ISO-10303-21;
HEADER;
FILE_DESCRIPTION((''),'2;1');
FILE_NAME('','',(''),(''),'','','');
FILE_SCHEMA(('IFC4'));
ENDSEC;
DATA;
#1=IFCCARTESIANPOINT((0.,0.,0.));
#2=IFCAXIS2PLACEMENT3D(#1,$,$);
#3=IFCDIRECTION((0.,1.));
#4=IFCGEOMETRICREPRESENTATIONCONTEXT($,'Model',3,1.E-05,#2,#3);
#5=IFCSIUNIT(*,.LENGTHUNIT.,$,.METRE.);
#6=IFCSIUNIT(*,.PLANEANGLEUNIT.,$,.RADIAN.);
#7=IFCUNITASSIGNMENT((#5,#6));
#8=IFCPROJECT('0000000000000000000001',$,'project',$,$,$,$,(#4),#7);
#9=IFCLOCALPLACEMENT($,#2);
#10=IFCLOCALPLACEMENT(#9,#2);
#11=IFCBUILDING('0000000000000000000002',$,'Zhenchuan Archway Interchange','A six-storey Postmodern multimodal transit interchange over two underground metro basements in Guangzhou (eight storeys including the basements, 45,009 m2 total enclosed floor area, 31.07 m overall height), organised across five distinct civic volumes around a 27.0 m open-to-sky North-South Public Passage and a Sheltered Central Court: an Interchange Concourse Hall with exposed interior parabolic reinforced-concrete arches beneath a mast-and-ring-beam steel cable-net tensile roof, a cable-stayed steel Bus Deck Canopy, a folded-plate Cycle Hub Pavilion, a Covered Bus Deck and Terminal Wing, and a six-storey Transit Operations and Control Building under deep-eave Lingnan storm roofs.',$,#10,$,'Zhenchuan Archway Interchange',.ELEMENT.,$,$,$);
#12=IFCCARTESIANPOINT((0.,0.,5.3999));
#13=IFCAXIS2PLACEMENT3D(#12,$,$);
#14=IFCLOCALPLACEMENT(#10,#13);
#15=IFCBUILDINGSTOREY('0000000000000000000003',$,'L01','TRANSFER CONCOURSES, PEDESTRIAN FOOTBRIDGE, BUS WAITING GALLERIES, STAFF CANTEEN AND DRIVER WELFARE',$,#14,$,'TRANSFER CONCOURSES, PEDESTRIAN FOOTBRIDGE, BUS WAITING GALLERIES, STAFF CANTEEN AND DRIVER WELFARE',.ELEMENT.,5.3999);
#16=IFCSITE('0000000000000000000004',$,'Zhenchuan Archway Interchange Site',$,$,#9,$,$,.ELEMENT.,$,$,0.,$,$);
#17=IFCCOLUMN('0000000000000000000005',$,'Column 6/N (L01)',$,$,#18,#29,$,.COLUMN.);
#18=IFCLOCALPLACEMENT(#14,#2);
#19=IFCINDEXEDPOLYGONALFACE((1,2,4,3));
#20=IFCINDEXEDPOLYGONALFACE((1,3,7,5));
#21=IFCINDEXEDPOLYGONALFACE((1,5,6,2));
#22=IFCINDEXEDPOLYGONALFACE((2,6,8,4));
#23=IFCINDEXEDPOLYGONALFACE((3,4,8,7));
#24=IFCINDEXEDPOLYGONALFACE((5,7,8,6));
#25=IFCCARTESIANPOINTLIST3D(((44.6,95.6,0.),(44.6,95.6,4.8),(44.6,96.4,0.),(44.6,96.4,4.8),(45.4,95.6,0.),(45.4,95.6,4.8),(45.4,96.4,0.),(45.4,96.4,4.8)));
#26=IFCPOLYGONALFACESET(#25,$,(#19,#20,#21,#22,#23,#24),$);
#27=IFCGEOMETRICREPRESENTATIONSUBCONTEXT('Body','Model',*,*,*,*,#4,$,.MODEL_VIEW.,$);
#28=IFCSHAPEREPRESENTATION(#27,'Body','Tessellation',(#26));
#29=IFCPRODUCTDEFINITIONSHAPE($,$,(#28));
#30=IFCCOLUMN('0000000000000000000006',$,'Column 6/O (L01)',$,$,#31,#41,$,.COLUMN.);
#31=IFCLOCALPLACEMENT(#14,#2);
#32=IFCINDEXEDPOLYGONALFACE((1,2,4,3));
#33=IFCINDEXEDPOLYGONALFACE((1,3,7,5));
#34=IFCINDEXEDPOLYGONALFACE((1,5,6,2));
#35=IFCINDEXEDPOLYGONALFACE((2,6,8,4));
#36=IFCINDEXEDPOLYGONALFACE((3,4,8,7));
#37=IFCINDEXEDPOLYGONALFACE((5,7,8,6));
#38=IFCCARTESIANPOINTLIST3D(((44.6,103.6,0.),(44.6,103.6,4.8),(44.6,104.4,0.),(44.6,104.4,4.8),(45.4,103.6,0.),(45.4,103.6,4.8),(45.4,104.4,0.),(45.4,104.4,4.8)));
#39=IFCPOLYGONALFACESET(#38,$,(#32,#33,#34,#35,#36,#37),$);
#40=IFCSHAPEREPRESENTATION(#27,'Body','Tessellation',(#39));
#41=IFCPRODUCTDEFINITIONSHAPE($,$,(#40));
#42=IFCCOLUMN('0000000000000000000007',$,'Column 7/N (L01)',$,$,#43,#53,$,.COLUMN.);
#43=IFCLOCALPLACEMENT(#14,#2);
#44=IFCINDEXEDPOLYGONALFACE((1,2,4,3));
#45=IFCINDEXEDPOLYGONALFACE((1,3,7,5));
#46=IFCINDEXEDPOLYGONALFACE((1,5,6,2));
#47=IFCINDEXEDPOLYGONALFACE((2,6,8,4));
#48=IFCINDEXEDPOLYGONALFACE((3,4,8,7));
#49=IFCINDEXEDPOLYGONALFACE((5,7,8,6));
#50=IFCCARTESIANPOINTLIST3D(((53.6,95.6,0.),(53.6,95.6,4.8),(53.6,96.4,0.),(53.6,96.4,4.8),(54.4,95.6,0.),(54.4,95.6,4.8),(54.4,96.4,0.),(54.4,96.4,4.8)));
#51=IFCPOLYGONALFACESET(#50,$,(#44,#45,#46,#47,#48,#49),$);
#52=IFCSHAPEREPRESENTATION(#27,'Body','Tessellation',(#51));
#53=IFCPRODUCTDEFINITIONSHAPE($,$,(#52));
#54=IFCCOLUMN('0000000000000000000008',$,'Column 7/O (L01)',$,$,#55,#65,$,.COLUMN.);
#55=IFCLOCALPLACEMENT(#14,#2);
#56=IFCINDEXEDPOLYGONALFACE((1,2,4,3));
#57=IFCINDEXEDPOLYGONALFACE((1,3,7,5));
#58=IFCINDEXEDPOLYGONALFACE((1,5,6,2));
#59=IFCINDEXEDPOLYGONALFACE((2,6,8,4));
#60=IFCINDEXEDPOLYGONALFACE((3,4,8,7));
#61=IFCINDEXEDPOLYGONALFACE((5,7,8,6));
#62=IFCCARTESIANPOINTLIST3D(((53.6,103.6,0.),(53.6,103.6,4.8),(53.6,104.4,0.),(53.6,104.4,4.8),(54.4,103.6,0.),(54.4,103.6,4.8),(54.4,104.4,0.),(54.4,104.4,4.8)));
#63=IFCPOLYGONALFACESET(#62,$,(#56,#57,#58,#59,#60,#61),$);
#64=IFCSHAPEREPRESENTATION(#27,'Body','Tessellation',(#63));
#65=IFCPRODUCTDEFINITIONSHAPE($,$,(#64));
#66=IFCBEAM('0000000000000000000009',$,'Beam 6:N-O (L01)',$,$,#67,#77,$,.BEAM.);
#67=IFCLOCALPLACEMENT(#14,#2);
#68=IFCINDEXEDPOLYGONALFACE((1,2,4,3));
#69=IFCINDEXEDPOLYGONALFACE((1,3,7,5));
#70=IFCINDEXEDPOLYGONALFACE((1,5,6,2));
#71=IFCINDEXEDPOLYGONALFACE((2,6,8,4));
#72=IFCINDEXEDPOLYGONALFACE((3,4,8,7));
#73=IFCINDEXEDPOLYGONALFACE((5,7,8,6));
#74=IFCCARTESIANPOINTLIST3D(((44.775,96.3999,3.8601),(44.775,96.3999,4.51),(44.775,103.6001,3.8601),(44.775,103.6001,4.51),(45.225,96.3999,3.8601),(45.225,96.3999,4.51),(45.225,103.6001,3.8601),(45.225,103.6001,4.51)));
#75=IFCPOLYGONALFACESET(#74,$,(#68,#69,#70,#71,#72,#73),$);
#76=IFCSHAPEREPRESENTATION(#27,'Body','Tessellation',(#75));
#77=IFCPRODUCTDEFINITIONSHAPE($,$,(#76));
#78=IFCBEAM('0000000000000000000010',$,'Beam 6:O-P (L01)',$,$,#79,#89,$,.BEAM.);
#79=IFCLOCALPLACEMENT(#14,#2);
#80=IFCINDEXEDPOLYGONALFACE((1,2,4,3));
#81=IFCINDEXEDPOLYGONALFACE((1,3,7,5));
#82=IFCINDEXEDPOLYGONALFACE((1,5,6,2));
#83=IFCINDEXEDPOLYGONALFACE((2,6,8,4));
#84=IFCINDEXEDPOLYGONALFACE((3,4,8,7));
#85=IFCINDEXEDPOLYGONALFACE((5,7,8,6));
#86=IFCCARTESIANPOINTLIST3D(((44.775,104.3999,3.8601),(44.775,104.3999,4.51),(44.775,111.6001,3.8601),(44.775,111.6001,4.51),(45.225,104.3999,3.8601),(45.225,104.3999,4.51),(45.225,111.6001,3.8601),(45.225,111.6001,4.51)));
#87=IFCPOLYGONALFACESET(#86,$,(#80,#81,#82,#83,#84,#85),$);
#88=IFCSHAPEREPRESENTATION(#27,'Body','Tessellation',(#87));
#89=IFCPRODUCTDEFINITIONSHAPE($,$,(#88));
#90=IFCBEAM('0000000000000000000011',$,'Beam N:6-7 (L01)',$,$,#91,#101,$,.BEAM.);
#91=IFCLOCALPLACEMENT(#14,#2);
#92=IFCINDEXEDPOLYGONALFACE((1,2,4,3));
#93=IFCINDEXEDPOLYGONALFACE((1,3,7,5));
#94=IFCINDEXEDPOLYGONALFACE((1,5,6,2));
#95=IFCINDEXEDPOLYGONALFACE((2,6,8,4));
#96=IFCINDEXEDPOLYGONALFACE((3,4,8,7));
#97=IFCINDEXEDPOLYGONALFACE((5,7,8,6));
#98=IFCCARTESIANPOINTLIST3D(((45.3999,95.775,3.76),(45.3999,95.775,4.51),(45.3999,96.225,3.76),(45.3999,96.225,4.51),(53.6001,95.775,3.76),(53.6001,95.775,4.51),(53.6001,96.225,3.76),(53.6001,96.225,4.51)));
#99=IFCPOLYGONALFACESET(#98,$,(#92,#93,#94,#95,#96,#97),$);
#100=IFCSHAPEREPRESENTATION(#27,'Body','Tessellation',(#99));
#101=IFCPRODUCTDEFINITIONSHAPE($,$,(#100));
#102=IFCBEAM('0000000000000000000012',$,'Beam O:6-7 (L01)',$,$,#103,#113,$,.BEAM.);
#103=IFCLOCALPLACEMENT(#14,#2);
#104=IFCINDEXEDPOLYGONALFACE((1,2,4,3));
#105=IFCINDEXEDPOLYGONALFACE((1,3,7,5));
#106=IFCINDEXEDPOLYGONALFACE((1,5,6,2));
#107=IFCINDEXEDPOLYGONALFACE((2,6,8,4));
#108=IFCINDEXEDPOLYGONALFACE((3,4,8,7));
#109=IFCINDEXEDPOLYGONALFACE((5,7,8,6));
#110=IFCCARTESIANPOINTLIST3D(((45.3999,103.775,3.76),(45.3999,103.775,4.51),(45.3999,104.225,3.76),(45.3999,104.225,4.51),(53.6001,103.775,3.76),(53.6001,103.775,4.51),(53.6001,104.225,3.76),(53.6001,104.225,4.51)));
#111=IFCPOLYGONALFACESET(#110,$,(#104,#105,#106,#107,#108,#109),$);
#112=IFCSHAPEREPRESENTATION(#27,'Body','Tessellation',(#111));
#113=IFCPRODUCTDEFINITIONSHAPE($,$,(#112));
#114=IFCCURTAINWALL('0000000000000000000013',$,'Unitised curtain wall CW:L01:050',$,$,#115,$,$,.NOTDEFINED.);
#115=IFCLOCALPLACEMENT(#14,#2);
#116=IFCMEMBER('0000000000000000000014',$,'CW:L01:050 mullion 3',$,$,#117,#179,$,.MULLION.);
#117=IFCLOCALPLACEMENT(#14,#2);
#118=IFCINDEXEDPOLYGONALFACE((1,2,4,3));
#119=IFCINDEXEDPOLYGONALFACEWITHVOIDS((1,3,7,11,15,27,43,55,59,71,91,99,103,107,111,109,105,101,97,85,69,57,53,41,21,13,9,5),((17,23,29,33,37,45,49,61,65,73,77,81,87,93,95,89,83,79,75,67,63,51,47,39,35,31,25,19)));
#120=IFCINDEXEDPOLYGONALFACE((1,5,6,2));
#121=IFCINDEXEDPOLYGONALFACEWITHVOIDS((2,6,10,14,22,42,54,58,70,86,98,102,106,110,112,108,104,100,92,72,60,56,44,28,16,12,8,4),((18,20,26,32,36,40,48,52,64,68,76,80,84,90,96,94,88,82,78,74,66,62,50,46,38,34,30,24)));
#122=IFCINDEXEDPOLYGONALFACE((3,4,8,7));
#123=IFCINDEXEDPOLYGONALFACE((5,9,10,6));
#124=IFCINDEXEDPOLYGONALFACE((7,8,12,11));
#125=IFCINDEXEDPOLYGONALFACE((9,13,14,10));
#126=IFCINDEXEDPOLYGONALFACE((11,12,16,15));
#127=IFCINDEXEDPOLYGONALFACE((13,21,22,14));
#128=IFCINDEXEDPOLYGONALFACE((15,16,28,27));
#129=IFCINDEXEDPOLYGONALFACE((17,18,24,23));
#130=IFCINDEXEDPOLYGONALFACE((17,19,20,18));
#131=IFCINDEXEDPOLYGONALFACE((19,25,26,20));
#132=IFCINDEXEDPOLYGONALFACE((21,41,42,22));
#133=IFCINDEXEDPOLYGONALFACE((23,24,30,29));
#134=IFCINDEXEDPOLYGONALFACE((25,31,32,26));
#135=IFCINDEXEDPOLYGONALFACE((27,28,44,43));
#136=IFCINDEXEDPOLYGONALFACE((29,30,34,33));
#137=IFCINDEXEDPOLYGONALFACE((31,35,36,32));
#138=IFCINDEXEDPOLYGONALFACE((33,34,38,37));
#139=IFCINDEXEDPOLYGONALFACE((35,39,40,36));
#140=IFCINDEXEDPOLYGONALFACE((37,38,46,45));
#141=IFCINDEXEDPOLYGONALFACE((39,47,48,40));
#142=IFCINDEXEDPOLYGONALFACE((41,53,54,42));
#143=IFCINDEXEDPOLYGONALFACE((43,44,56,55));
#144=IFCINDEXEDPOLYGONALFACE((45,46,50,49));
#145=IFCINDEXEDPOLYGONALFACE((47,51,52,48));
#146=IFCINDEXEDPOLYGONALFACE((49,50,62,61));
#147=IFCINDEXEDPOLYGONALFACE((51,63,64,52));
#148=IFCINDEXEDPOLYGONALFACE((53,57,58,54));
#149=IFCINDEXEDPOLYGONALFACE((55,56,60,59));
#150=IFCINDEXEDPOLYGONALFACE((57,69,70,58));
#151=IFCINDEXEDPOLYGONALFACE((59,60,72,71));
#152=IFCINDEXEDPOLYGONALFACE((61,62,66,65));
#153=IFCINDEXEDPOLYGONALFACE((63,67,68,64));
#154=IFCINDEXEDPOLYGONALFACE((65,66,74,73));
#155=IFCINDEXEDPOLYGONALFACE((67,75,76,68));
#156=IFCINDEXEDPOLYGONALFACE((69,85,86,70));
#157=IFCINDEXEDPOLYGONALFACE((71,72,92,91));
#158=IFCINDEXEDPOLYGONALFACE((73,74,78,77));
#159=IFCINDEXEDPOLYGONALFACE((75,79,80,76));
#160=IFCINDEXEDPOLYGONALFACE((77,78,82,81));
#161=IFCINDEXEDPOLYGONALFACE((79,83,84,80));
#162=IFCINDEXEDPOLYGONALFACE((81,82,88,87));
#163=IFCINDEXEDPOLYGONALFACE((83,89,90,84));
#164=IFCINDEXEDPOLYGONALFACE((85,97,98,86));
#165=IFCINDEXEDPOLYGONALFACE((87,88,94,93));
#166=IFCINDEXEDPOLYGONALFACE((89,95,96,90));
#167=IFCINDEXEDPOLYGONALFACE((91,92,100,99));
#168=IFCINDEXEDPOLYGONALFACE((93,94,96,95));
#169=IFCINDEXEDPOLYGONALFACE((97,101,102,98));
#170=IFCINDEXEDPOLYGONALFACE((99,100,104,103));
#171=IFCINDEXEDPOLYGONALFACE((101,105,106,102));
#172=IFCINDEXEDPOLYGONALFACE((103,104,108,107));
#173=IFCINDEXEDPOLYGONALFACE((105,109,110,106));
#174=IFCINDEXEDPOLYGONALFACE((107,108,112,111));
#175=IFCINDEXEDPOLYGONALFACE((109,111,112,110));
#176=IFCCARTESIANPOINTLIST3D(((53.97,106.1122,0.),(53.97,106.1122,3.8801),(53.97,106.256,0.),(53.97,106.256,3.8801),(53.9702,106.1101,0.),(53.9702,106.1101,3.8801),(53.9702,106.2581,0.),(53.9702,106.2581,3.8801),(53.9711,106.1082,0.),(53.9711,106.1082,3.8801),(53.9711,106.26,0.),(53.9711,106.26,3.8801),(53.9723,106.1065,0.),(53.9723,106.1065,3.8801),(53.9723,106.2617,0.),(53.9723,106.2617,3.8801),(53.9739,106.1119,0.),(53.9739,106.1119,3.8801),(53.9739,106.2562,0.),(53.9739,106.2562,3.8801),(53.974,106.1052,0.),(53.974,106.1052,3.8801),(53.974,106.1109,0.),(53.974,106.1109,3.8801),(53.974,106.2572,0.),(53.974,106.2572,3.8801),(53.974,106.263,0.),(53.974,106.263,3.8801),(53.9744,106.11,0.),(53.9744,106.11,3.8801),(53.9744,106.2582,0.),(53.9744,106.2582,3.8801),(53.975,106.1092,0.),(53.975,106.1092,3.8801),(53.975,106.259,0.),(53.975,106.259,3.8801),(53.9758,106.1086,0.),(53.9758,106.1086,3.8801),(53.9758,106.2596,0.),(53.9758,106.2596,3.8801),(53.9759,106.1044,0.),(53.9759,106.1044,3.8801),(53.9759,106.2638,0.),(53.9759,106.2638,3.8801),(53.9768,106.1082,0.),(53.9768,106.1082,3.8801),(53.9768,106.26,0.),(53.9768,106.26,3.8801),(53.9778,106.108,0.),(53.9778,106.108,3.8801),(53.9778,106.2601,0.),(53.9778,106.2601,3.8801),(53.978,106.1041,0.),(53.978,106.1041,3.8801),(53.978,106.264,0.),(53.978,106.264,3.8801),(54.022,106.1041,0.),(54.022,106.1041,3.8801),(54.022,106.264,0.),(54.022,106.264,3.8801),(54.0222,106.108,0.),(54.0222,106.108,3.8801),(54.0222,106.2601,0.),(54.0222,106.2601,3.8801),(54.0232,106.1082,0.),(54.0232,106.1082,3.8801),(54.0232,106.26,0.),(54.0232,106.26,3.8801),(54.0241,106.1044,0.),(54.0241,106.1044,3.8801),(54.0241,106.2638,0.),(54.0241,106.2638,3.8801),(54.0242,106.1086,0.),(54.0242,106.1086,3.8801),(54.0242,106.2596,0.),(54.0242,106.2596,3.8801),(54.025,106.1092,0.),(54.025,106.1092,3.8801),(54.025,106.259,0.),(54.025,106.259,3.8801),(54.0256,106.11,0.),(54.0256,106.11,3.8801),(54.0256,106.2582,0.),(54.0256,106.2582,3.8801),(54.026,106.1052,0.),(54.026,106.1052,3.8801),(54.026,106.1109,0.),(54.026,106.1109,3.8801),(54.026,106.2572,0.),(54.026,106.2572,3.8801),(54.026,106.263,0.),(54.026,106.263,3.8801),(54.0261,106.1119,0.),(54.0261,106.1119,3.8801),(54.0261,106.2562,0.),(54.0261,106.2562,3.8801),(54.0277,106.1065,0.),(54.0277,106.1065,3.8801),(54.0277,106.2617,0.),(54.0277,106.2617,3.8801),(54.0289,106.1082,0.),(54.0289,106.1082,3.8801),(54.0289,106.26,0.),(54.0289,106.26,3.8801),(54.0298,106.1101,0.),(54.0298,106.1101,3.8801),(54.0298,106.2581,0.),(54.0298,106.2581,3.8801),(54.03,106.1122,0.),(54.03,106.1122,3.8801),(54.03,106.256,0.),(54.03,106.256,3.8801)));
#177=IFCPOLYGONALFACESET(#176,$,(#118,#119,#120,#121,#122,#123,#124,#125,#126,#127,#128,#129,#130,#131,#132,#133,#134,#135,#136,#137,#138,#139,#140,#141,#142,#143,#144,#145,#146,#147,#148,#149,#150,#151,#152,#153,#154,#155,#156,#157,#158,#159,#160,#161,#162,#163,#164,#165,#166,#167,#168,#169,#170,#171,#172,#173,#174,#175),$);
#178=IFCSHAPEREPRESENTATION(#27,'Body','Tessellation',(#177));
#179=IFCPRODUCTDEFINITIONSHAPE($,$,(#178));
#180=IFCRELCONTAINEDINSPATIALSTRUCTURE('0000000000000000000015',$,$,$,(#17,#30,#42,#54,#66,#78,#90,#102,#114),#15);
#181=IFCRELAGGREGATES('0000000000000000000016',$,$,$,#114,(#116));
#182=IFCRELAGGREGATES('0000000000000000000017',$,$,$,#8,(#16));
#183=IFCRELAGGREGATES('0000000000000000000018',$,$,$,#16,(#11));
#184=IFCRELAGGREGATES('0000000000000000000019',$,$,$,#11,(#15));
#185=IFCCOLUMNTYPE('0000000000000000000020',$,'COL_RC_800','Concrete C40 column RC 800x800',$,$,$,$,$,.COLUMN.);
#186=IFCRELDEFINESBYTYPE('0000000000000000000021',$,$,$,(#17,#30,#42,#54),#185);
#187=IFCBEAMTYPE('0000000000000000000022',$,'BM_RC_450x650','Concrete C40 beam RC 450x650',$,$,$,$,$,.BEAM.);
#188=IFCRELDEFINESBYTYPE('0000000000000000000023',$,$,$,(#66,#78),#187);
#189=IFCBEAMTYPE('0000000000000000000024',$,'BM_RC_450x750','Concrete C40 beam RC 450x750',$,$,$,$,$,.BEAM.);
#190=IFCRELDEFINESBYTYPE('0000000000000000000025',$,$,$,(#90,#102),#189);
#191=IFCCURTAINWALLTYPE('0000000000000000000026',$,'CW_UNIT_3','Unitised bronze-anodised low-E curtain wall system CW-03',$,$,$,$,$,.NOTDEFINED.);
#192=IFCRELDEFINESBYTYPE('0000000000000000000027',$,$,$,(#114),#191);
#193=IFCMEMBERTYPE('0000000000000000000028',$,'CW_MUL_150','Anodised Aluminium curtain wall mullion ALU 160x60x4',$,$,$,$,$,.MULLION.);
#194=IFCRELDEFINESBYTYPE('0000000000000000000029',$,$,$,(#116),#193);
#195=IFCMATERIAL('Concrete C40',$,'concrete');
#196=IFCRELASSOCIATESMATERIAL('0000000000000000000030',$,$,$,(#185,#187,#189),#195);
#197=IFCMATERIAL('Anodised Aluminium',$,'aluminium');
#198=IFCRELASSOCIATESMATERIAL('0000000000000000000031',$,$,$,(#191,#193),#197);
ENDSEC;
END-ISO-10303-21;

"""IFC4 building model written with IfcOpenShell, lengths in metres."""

from ifc_helpers import new_model, si_unit, direction, frame, origin, origin_2d, place, context, subcontext, project, spatial, rectangle, hollow_rectangle, extrude, material, material_profile, profile_set, type_object, element, aggregate, save


model = new_model("IFC4")

# Units and contexts
model_context = context("Model", 3, precision=1e-05, world=origin(), true_north=direction((0.0, 1.0)))
body_context = subcontext(model_context, "Body", "Model", "MODEL_VIEW")
ifc_project = project(units=[si_unit("LENGTHUNIT", "METRE"), si_unit("PLANEANGLEUNIT", "RADIAN")], contexts=[model_context])

# Site, building, storey
site_placement = place(None, origin())
site = spatial("IfcSite", under=ifc_project, at=site_placement, Name="Zhenchuan Archway Interchange Site", CompositionType="ELEMENT", RefElevation=0.0)
building_placement = place(site_placement, origin())
building = spatial("IfcBuilding", under=site, at=building_placement, Name="Zhenchuan Archway Interchange", Description="A six-storey Postmodern multimodal transit interchange over two underground metro basements in Guangzhou (eight storeys including the basements, 45,009 m2 total enclosed floor area, 31.07 m overall height), organised across five distinct civic volumes around a 27.0 m open-to-sky North-South Public Passage and a Sheltered Central Court: an Interchange Concourse Hall with exposed interior parabolic reinforced-concrete arches beneath a mast-and-ring-beam steel cable-net tensile roof, a cable-stayed steel Bus Deck Canopy, a folded-plate Cycle Hub Pavilion, a Covered Bus Deck and Terminal Wing, and a six-storey Transit Operations and Control Building under deep-eave Lingnan storm roofs.", LongName="Zhenchuan Archway Interchange", CompositionType="ELEMENT")
storey_placement = place(building_placement, frame((0.0, 0.0, 5.3999)))
storey = spatial("IfcBuildingStorey", under=building, at=storey_placement, Name="L01", Description="TRANSFER CONCOURSES, PEDESTRIAN FOOTBRIDGE, BUS WAITING GALLERIES, STAFF CANTEEN AND DRIVER WELFARE", LongName="TRANSFER CONCOURSES, PEDESTRIAN FOOTBRIDGE, BUS WAITING GALLERIES, STAFF CANTEEN AND DRIVER WELFARE", CompositionType="ELEMENT", Elevation=5.3999)

# Columns
ifc_material_1 = material(Name="Concrete C40", Category="concrete")
ifc_material_profile_1 = material_profile(ifc_material_1, rectangle(XDim=0.8, YDim=0.8, at=origin_2d()), Name="RC 800x800")
ifc_profile_set_1 = profile_set([ifc_material_profile_1], Name="Concrete C40")
column_type = type_object("IfcColumnType", Name="COL_RC_800", Description="Concrete C40 column RC 800x800", PredefinedType="COLUMN", material=ifc_profile_set_1)
for number, where, z_axis, x_axis, name in (
    (1, (45.0, 96.0, 0.0), (0.0, 0.0, 1.0), (1.0, 0.0, 0.0), "Column 6/N (L01)"),
    (2, (45.0, 104.0, 0.0), (0.0, 0.0, 1.0), (1.0, 0.0, 0.0), "Column 6/O (L01)"),
    (3, (54.0, 96.0, 0.0), (0.0, 0.0, 1.0), (1.0, 0.0, 0.0), "Column 7/N (L01)"),
    (4, (54.0, 104.0, 0.0), (0.0, 0.0, 1.0), (1.0, 0.0, 0.0), "Column 7/O (L01)"),
):
    element("IfcColumn", number, at=place(storey_placement, frame(where, z_axis=z_axis, x_axis=x_axis)), inside=storey, type_object=column_type, Name=name, PredefinedType="COLUMN", context=body_context, shape_type="SweptSolid", body=[
        extrude(rectangle(XDim=0.8, YDim=0.8, at=origin_2d()), origin(), (0.0, 0.0, 1.0), 4.8),
    ])

# Beams
ifc_material_profile_2 = material_profile(ifc_material_1, rectangle(XDim=0.45, YDim=0.6499, at=origin_2d()), Name="RC 450x650")
ifc_profile_set_2 = profile_set([ifc_material_profile_2], Name="Concrete C40")
beam_type_1 = type_object("IfcBeamType", Name="BM_RC_450x650", Description="Concrete C40 beam RC 450x650", PredefinedType="BEAM", material=ifc_profile_set_2)
for number, where, z_axis, x_axis, name in (
    (5, (45.0, 96.3999, 4.1851), (0.0, 1.0, 0.0), (-1.0, 0.0, 0.0), "Beam 6:N-O (L01)"),
    (6, (45.0, 104.3999, 4.1851), (0.0, 1.0, 0.0), (-1.0, 0.0, 0.0), "Beam 6:O-P (L01)"),
):
    element("IfcBeam", number, at=place(storey_placement, frame(where, z_axis=z_axis, x_axis=x_axis)), inside=storey, type_object=beam_type_1, Name=name, PredefinedType="BEAM", context=body_context, shape_type="SweptSolid", body=[
        extrude(rectangle(XDim=0.45, YDim=0.6499, at=origin_2d()), origin(), (0.0, 0.0, 1.0), 7.2002),
    ])
ifc_material_profile_3 = material_profile(ifc_material_1, rectangle(XDim=0.45, YDim=0.75, at=origin_2d()), Name="RC 450x750")
ifc_profile_set_3 = profile_set([ifc_material_profile_3], Name="Concrete C40")
beam_type_2 = type_object("IfcBeamType", Name="BM_RC_450x750", Description="Concrete C40 beam RC 450x750", PredefinedType="BEAM", material=ifc_profile_set_3)
for number, where, z_axis, x_axis, name in (
    (7, (45.3999, 96.0, 4.135), (1.0, 0.0, 0.0), (0.0, 1.0, 0.0), "Beam N:6-7 (L01)"),
    (8, (45.3999, 104.0, 4.135), (1.0, 0.0, 0.0), (0.0, 1.0, 0.0), "Beam O:6-7 (L01)"),
):
    element("IfcBeam", number, at=place(storey_placement, frame(where, z_axis=z_axis, x_axis=x_axis)), inside=storey, type_object=beam_type_2, Name=name, PredefinedType="BEAM", context=body_context, shape_type="SweptSolid", body=[
        extrude(rectangle(XDim=0.45, YDim=0.75, at=origin_2d()), origin(), (0.0, 0.0, 1.0), 8.2002),
    ])

# Curtain wall, member
ifc_material_2 = material(Name="Anodised Aluminium", Category="aluminium")
curtain_wall_type = type_object("IfcCurtainWallType", Name="CW_UNIT_3", Description="Unitised bronze-anodised low-E curtain wall system CW-03", PredefinedType="NOTDEFINED", material=ifc_material_2)
curtain_wall_placement = place(storey_placement, origin())
curtain_wall = element("IfcCurtainWall", 9, at=curtain_wall_placement, inside=storey, type_object=curtain_wall_type, Name="Unitised curtain wall CW:L01:050", PredefinedType="NOTDEFINED")
ifc_material_profile_4 = material_profile(ifc_material_2, hollow_rectangle(XDim=0.0601, YDim=0.1599, WallThickness=0.0039, InnerFilletRadius=0.0039, OuterFilletRadius=0.0081, at=origin_2d()), Name="ALU 160x60x4")
ifc_profile_set_4 = profile_set([ifc_material_profile_4], Name="Anodised Aluminium")
member_type_1 = type_object("IfcMemberType", Name="CW_MUL_150", Description="Anodised Aluminium curtain wall mullion ALU 160x60x4", PredefinedType="MULLION", material=ifc_profile_set_4)
member_1_placement = place(storey_placement, frame((54.0, 106.1841, 0.0), z_axis=(0.0, 0.0, 1.0), x_axis=(1.0, 0.0, 0.0)))
member_1 = element("IfcMember", 10, at=member_1_placement, type_object=member_type_1, Name="CW:L01:050 mullion 3", PredefinedType="MULLION", context=body_context, shape_type="SweptSolid", body=[
    extrude(hollow_rectangle(XDim=0.0601, YDim=0.1599, WallThickness=0.0039, InnerFilletRadius=0.0039, OuterFilletRadius=0.0081, at=origin_2d()), origin(), (0.0, 0.0, 1.0), 3.8801),
])

aggregate(curtain_wall, [member_1])

save(model, "model.ifc")
